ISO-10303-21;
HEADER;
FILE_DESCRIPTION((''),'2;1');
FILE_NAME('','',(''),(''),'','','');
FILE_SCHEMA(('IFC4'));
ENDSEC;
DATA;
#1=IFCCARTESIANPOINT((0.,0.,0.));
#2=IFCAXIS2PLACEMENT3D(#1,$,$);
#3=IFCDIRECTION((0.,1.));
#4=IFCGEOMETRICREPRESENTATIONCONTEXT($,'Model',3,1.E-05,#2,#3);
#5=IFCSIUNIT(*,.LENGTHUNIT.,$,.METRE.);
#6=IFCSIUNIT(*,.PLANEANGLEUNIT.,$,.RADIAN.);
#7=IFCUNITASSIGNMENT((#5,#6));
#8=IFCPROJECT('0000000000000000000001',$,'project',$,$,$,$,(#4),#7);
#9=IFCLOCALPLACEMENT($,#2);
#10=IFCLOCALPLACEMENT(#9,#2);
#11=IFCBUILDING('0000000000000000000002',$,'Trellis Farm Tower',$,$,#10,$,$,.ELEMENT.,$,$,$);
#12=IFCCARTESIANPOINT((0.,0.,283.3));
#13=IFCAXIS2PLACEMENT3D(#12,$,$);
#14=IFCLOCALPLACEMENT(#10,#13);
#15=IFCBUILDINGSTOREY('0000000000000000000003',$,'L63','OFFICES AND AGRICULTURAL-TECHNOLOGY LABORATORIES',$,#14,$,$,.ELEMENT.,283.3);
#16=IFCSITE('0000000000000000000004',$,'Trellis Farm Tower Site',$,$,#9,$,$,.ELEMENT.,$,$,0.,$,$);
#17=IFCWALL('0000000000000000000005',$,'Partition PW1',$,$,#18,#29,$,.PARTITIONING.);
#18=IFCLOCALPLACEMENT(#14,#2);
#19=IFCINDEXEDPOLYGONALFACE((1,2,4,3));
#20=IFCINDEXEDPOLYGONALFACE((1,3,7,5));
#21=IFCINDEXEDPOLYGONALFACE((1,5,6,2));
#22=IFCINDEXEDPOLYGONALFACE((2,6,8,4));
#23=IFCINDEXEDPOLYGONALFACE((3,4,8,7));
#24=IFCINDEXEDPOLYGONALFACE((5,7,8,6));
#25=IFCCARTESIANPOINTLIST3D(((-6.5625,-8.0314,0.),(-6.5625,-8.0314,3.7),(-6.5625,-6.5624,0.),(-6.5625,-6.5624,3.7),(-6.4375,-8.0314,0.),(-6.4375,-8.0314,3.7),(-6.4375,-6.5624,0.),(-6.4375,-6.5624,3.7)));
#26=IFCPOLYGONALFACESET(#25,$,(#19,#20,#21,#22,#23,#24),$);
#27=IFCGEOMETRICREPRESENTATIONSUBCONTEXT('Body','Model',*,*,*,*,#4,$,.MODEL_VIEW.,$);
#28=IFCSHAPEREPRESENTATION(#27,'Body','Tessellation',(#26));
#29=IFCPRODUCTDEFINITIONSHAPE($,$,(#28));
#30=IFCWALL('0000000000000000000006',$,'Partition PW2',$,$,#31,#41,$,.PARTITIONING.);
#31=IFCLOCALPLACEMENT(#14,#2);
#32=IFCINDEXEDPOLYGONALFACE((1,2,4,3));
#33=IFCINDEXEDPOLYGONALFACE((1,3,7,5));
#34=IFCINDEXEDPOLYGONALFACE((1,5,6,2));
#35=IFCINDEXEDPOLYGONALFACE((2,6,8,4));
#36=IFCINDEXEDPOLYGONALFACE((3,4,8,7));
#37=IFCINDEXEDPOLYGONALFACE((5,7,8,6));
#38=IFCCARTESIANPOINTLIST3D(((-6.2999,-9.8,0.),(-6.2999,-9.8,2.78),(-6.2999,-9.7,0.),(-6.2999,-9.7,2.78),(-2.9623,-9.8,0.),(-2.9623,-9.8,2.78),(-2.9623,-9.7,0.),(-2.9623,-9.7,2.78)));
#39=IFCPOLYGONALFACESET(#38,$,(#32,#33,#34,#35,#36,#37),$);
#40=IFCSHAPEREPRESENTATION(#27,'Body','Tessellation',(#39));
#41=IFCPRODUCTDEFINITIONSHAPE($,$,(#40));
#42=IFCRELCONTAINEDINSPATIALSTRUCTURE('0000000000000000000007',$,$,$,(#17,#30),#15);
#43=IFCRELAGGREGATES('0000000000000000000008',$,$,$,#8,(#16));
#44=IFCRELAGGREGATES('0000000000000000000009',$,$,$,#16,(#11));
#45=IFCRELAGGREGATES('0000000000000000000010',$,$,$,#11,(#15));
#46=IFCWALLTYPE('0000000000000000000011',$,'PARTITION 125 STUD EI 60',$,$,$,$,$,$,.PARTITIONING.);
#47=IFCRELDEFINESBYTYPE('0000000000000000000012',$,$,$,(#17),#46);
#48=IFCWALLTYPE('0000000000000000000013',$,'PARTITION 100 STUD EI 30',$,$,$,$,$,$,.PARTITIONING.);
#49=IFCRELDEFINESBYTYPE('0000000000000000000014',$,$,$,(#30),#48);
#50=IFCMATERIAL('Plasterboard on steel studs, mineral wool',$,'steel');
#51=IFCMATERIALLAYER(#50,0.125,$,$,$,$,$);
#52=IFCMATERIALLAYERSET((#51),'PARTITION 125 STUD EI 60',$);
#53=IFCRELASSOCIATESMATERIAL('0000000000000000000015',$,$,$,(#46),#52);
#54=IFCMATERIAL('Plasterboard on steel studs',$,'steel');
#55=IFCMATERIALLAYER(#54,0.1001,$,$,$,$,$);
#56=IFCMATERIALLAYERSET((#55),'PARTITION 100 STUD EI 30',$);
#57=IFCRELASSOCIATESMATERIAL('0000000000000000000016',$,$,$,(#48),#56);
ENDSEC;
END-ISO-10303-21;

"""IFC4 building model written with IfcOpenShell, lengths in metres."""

from ifc_helpers import new_model, si_unit, direction, frame, frame_2d, origin, place, context, subcontext, project, spatial, rectangle, extrude, source, transform, mapped, material, layer, layer_set, type_object, element, save


model = new_model("IFC4")

# Units and contexts
model_context = context("Model", 3, precision=1e-05, world=origin(), true_north=direction((0.0, 1.0)))
body_context = subcontext(model_context, "Body", "Model", "MODEL_VIEW")
ifc_project = project(units=[si_unit("LENGTHUNIT", "METRE"), si_unit("PLANEANGLEUNIT", "RADIAN")], contexts=[model_context])

# Site, building, storey
site_placement = place(None, origin())
site = spatial("IfcSite", under=ifc_project, at=site_placement, Name="Trellis Farm Tower Site", CompositionType="ELEMENT", RefElevation=0.0)
building_placement = place(site_placement, origin())
building = spatial("IfcBuilding", under=site, at=building_placement, Name="Trellis Farm Tower", CompositionType="ELEMENT")
storey_placement = place(building_placement, frame((0.0, 0.0, 283.3)))
storey = spatial("IfcBuildingStorey", under=building, at=storey_placement, Name="L63", Description="OFFICES AND AGRICULTURAL-TECHNOLOGY LABORATORIES", CompositionType="ELEMENT", Elevation=283.3)

# Walls
ifc_material_1 = material(Name="Plasterboard on steel studs, mineral wool", Category="steel")
ifc_layer_1 = layer(ifc_material_1, 0.125)
ifc_layer_set_1 = layer_set([ifc_layer_1], Name="PARTITION 125 STUD EI 60")
wall_type_1 = type_object("IfcWallType", Name="PARTITION 125 STUD EI 60", PredefinedType="PARTITIONING", material=ifc_layer_set_1)
shared_shape_1 = source(origin(), body_context, "Body", "SweptSolid", [
    extrude(rectangle(XDim=1.469, YDim=0.125, at=frame_2d((0.7344, 0.0))), origin(), (0.0, 0.0, 1.0), 3.7),
])
wall_1_placement = place(storey_placement, frame((-6.5, -6.5625, 0.0), z_axis=(0.0, 0.0, 1.0), x_axis=(0.0, -1.0, 0.0)))
element("IfcWall", 1, at=wall_1_placement, inside=storey, type_object=wall_type_1, Name="Partition PW1", PredefinedType="PARTITIONING", context=body_context, shape_type="MappedRepresentation", body=[
    mapped(shared_shape_1, transform((0.0, 0.0, 0.0))),
])
ifc_material_2 = material(Name="Plasterboard on steel studs", Category="steel")
ifc_layer_2 = layer(ifc_material_2, 0.1001)
ifc_layer_set_2 = layer_set([ifc_layer_2], Name="PARTITION 100 STUD EI 30")
wall_type_2 = type_object("IfcWallType", Name="PARTITION 100 STUD EI 30", PredefinedType="PARTITIONING", material=ifc_layer_set_2)
shared_shape_2 = source(origin(), body_context, "Body", "SweptSolid", [
    extrude(rectangle(XDim=3.3376, YDim=0.1001, at=frame_2d((1.6689, 0.0))), origin(), (0.0, 0.0, 1.0), 2.78),
])
wall_2_placement = place(storey_placement, frame((-6.3, -9.75, 0.0), z_axis=(0.0, 0.0, 1.0), x_axis=(1.0, 0.0, 0.0)))
element("IfcWall", 2, at=wall_2_placement, inside=storey, type_object=wall_type_2, Name="Partition PW2", PredefinedType="PARTITIONING", context=body_context, shape_type="MappedRepresentation", body=[
    mapped(shared_shape_2, transform((0.0, 0.0, 0.0))),
])

save(model, "model.ifc")
